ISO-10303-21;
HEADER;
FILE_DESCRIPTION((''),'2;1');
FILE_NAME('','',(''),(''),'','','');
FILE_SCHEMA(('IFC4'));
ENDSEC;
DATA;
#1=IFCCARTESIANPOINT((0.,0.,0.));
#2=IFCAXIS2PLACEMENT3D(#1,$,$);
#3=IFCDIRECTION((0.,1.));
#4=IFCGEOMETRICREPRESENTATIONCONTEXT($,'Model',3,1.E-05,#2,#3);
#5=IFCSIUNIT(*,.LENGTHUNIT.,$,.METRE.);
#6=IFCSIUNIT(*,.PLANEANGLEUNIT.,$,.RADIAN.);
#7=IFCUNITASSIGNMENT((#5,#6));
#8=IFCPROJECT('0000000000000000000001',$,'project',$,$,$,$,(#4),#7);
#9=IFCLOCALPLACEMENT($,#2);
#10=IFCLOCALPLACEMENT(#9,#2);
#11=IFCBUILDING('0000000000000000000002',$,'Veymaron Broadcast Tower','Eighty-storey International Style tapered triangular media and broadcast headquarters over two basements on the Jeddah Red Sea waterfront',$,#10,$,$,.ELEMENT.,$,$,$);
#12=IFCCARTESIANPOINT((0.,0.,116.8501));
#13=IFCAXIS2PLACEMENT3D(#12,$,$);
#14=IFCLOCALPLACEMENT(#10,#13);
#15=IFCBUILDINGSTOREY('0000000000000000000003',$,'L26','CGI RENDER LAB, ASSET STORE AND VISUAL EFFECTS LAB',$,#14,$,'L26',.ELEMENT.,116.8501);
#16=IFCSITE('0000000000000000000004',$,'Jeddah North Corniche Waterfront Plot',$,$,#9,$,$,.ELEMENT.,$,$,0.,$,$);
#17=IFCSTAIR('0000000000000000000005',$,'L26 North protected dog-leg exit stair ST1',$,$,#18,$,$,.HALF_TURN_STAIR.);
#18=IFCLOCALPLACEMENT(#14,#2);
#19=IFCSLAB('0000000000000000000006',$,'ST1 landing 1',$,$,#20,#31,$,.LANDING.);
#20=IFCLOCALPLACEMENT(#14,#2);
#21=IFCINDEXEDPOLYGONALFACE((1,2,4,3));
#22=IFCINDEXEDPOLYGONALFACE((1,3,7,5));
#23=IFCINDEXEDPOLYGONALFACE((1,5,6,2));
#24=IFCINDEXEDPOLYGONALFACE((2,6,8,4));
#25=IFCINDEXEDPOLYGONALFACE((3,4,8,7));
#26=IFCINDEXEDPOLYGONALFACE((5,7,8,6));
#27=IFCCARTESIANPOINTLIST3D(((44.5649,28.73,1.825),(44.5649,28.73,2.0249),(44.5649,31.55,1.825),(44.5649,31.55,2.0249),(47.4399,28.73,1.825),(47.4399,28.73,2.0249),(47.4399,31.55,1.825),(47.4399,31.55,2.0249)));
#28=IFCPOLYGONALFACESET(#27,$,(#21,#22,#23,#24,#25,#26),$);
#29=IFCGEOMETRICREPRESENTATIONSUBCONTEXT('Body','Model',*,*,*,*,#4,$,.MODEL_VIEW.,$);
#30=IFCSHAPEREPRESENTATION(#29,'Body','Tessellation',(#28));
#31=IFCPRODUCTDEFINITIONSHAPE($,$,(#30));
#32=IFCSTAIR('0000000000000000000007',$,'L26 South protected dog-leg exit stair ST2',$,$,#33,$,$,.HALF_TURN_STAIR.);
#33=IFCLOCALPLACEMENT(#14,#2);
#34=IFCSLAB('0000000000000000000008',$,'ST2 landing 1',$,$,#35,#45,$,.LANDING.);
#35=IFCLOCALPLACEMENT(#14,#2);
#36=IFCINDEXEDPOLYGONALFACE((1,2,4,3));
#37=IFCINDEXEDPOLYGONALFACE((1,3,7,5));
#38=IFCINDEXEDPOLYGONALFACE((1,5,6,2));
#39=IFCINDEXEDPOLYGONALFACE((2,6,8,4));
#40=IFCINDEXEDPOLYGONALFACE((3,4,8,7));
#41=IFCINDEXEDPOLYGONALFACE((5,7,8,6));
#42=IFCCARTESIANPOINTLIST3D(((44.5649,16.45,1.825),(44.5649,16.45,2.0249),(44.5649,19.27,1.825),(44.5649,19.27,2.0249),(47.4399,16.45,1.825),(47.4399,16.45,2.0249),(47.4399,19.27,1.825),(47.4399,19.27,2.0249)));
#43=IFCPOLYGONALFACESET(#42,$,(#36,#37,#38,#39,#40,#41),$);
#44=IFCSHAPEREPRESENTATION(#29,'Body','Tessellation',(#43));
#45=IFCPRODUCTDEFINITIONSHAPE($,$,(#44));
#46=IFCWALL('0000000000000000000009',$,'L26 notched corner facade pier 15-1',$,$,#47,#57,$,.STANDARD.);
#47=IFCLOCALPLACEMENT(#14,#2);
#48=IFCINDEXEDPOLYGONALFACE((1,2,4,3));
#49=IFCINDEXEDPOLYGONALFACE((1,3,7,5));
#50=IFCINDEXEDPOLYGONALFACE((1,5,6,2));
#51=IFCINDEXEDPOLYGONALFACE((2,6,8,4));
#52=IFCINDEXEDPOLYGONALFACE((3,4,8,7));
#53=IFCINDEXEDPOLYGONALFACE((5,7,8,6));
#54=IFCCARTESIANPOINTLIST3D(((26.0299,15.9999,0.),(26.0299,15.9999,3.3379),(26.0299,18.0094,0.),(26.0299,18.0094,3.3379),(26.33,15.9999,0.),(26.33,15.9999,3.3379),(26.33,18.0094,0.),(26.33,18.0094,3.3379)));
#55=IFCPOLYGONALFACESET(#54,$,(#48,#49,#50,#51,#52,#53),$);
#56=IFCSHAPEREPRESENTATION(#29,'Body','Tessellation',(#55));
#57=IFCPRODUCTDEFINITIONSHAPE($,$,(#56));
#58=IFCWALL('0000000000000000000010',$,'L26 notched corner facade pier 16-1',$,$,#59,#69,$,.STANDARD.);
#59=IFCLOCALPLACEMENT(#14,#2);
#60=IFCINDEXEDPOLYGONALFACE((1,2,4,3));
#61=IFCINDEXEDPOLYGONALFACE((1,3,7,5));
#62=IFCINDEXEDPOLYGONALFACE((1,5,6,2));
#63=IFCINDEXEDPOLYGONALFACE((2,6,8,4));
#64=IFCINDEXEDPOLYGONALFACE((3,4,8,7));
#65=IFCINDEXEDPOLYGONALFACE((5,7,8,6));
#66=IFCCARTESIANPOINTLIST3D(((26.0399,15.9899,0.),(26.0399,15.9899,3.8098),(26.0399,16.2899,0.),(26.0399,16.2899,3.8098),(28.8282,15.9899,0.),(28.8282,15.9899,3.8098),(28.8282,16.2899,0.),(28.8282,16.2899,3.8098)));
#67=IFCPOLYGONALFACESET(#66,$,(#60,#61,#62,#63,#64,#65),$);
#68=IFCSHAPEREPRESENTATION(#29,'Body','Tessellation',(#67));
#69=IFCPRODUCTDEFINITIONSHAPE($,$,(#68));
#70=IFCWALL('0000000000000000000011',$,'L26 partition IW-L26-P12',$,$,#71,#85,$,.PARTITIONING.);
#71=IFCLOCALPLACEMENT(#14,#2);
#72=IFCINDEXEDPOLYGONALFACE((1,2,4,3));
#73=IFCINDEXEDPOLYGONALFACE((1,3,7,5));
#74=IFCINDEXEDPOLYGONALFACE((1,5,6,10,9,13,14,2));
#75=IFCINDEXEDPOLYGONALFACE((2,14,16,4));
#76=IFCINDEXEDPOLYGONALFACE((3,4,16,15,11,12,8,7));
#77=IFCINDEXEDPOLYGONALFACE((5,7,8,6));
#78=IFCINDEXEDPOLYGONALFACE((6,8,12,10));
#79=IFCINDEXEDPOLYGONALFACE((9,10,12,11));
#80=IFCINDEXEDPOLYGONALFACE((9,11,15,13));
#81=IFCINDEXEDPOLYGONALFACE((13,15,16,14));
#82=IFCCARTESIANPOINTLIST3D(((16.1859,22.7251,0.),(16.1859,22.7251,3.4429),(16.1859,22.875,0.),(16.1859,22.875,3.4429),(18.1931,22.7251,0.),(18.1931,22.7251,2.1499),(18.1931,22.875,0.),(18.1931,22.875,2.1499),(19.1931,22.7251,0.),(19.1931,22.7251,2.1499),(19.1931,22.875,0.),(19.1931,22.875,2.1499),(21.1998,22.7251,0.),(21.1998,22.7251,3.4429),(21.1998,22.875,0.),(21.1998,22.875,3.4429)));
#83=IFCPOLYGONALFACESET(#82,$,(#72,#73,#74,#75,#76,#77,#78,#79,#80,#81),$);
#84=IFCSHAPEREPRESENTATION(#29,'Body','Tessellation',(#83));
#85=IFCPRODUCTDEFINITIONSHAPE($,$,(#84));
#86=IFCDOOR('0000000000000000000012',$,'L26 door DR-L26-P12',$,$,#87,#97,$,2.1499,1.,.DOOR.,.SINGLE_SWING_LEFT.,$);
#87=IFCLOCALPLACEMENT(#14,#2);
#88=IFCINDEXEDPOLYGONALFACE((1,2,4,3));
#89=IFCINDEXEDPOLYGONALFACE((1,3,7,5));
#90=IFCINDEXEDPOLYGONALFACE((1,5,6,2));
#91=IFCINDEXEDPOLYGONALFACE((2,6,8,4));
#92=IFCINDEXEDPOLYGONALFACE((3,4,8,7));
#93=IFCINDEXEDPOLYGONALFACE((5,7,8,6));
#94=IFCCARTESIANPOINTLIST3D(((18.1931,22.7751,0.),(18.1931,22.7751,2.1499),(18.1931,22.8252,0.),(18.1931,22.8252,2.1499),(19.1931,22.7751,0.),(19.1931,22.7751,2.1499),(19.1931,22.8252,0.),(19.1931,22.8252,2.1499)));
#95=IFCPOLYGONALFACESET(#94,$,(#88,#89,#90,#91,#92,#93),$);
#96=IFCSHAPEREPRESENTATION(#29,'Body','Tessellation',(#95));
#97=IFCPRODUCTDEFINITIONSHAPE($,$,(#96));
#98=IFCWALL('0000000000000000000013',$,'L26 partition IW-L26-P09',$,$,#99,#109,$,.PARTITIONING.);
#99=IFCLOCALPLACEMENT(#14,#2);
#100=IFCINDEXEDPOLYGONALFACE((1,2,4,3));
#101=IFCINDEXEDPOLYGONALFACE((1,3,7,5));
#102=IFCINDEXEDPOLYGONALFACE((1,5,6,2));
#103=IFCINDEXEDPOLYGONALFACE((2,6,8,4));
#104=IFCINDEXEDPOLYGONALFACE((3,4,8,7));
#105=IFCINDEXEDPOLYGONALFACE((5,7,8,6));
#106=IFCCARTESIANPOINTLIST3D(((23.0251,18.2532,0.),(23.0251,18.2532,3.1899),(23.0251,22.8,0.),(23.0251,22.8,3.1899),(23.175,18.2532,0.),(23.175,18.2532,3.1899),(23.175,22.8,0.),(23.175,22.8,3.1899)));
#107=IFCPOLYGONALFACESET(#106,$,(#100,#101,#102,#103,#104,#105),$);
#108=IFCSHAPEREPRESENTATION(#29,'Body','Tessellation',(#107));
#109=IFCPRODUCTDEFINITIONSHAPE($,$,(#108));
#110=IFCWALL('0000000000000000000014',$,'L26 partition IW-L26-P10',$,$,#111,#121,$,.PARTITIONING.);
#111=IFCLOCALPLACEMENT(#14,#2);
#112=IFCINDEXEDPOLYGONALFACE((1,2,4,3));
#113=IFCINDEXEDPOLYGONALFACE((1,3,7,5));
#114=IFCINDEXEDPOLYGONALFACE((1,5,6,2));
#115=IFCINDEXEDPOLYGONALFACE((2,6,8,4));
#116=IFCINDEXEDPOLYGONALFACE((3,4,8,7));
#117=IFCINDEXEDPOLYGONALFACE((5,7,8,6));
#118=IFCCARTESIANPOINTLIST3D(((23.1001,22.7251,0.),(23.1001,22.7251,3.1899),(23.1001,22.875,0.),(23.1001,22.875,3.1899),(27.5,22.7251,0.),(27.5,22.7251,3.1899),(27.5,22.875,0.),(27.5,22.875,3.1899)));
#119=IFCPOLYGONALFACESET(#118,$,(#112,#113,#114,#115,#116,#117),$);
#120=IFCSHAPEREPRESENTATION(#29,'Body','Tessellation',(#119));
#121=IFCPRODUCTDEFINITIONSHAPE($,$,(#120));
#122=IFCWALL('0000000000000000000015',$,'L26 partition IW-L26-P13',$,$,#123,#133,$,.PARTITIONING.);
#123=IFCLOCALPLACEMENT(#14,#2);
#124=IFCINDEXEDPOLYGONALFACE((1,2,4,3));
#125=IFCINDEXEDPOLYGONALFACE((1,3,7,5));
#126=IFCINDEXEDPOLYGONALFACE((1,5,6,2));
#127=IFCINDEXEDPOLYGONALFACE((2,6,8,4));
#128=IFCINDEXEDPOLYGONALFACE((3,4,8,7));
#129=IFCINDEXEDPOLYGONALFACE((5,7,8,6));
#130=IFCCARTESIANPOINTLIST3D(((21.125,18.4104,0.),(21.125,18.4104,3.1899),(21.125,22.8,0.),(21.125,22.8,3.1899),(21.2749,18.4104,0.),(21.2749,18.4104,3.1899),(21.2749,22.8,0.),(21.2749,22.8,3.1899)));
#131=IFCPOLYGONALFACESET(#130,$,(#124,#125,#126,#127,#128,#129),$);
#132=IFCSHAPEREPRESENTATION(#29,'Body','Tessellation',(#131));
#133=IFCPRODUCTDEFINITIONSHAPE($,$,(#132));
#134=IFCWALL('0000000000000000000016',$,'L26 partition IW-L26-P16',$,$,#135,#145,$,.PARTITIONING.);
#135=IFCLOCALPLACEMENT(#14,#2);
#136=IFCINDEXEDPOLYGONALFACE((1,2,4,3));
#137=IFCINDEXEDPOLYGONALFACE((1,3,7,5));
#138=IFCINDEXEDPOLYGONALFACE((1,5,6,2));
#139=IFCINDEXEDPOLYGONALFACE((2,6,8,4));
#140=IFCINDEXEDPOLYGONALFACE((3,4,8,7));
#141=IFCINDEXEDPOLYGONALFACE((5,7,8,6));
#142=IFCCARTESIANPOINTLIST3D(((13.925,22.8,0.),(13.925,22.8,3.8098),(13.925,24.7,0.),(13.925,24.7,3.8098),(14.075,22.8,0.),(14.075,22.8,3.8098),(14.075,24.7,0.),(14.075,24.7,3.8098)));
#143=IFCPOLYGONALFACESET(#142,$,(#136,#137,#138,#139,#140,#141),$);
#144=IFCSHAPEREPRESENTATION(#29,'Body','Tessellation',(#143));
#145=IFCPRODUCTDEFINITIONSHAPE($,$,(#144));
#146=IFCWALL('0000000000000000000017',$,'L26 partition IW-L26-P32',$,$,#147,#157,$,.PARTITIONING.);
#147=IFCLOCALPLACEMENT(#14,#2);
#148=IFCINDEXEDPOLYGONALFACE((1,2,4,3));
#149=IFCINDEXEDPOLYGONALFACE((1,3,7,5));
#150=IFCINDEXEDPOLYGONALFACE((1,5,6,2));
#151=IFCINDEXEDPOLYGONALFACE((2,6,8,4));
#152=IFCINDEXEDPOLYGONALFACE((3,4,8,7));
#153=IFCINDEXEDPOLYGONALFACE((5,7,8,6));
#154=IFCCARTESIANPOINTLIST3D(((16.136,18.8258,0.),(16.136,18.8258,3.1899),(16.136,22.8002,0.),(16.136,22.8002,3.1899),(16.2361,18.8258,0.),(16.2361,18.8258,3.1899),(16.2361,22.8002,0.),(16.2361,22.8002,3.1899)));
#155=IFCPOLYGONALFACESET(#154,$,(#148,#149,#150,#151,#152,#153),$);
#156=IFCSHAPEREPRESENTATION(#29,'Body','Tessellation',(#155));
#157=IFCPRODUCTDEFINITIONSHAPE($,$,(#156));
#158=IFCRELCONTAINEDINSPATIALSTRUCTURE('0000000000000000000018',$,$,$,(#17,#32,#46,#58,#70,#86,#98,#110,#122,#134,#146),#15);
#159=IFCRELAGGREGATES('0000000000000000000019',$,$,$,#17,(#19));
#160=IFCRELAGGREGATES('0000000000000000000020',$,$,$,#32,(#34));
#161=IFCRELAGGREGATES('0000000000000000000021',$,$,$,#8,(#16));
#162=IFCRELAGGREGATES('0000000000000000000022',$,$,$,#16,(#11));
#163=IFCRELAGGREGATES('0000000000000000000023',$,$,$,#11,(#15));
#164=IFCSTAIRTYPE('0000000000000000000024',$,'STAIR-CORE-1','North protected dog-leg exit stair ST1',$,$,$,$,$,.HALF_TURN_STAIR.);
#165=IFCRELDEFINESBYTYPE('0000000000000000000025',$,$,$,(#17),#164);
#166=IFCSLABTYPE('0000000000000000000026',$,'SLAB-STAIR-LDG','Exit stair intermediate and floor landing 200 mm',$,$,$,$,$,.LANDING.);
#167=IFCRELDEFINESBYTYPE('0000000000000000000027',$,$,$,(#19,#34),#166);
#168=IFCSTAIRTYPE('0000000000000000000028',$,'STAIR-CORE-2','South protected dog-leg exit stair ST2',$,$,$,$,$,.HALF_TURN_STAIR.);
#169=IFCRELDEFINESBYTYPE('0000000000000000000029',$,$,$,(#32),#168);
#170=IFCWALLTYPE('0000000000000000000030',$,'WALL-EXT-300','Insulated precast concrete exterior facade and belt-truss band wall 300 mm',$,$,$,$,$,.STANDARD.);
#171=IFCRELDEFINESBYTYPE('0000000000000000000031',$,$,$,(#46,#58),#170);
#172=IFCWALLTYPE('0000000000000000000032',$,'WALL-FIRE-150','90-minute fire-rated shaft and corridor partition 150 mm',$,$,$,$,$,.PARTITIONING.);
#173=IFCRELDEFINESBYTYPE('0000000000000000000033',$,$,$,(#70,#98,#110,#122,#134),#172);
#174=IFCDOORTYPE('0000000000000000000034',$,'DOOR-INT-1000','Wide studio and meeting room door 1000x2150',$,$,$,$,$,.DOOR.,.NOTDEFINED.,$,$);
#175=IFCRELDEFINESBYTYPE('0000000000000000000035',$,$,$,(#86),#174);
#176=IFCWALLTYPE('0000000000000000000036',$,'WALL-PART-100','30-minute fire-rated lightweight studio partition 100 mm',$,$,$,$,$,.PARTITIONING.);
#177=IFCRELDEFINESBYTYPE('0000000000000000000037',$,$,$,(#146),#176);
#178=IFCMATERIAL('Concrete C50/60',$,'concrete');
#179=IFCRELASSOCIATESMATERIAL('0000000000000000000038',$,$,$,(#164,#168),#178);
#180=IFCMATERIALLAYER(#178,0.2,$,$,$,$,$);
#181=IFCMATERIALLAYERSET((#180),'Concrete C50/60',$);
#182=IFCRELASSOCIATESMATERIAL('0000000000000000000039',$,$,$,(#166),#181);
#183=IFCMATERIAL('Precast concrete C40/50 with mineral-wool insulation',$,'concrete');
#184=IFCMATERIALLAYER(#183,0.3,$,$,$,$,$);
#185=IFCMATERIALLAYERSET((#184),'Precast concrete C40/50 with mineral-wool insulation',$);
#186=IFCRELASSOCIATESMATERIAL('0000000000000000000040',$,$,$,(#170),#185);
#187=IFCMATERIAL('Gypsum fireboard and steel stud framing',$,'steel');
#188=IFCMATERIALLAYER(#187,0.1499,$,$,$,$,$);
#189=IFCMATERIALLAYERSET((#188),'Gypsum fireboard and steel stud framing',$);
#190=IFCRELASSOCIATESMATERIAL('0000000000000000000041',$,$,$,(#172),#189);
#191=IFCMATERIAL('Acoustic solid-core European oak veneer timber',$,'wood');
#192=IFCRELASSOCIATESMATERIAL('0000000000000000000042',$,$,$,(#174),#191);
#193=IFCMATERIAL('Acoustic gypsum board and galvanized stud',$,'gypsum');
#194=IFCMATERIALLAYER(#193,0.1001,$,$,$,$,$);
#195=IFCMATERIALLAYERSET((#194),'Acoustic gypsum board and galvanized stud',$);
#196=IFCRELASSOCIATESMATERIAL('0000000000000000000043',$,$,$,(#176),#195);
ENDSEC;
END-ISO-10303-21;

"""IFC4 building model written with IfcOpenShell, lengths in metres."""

from ifc_helpers import new_model, si_unit, direction, frame, frame_2d, origin, place, context, subcontext, project, spatial, polyline, rectangle, outline, extrude, material, layer, layer_set, type_object, element, fill, aggregate, save


model = new_model("IFC4")

# Units and contexts
model_context = context("Model", 3, precision=1e-05, world=origin(), true_north=direction((0.0, 1.0)))
body_context = subcontext(model_context, "Body", "Model", "MODEL_VIEW")
ifc_project = project(units=[si_unit("LENGTHUNIT", "METRE"), si_unit("PLANEANGLEUNIT", "RADIAN")], contexts=[model_context])

# Site, building, storey
site_placement = place(None, origin())
site = spatial("IfcSite", under=ifc_project, at=site_placement, Name="Jeddah North Corniche Waterfront Plot", CompositionType="ELEMENT", RefElevation=0.0)
building_placement = place(site_placement, origin())
building = spatial("IfcBuilding", under=site, at=building_placement, Name="Veymaron Broadcast Tower", Description="Eighty-storey International Style tapered triangular media and broadcast headquarters over two basements on the Jeddah Red Sea waterfront", CompositionType="ELEMENT")
storey_placement = place(building_placement, frame((0.0, 0.0, 116.8501)))
storey = spatial("IfcBuildingStorey", under=building, at=storey_placement, Name="L26", Description="CGI RENDER LAB, ASSET STORE AND VISUAL EFFECTS LAB", LongName="L26", CompositionType="ELEMENT", Elevation=116.8501)

# Stairs, slabs
ifc_material_1 = material(Name="Concrete C50/60", Category="concrete")
stair_type_1 = type_object("IfcStairType", Name="STAIR-CORE-1", Description="North protected dog-leg exit stair ST1", PredefinedType="HALF_TURN_STAIR", material=ifc_material_1)
stair_1_placement = place(storey_placement, origin())
stair_1 = element("IfcStair", 1, at=stair_1_placement, inside=storey, type_object=stair_type_1, Name="L26 North protected dog-leg exit stair ST1", PredefinedType="HALF_TURN_STAIR")
ifc_layer_1 = layer(ifc_material_1, 0.2)
ifc_layer_set_1 = layer_set([ifc_layer_1], Name="Concrete C50/60")
slab_type_1 = type_object("IfcSlabType", Name="SLAB-STAIR-LDG", Description="Exit stair intermediate and floor landing 200 mm", PredefinedType="LANDING", material=ifc_layer_set_1)
slab_1_placement = place(storey_placement, frame((0.0, 0.0, 1.825)))
slab_1 = element("IfcSlab", 2, at=slab_1_placement, type_object=slab_type_1, Name="ST1 landing 1", PredefinedType="LANDING", context=body_context, shape_type="SweptSolid", body=[
    extrude(outline(polyline([(44.5649, 28.73), (47.4399, 28.73), (47.4399, 31.55), (44.5649, 31.55), (44.5649, 28.73)])), origin(), (0.0, 0.0, 1.0), 0.2),
])
aggregate(stair_1, [slab_1])
stair_type_2 = type_object("IfcStairType", Name="STAIR-CORE-2", Description="South protected dog-leg exit stair ST2", PredefinedType="HALF_TURN_STAIR", material=ifc_material_1)
stair_2_placement = place(storey_placement, origin())
stair_2 = element("IfcStair", 3, at=stair_2_placement, inside=storey, type_object=stair_type_2, Name="L26 South protected dog-leg exit stair ST2", PredefinedType="HALF_TURN_STAIR")
slab_2_placement = place(storey_placement, frame((0.0, 0.0, 1.825)))
slab_2 = element("IfcSlab", 4, at=slab_2_placement, type_object=slab_type_1, Name="ST2 landing 1", PredefinedType="LANDING", context=body_context, shape_type="SweptSolid", body=[
    extrude(outline(polyline([(44.5649, 16.45), (47.4399, 16.45), (47.4399, 19.27), (44.5649, 19.27), (44.5649, 16.45)])), origin(), (0.0, 0.0, 1.0), 0.2),
])
aggregate(stair_2, [slab_2])

# Walls
ifc_material_2 = material(Name="Precast concrete C40/50 with mineral-wool insulation", Category="concrete")
ifc_layer_2 = layer(ifc_material_2, 0.3)
ifc_layer_set_2 = layer_set([ifc_layer_2], Name="Precast concrete C40/50 with mineral-wool insulation")
wall_type_1 = type_object("IfcWallType", Name="WALL-EXT-300", Description="Insulated precast concrete exterior facade and belt-truss band wall 300 mm", PredefinedType="STANDARD", material=ifc_layer_set_2)
wall_1_placement = place(storey_placement, frame((26.1799, 18.0095, 0.0), z_axis=(0.0, 0.0, 1.0), x_axis=(0.0, -1.0, 0.0)))
element("IfcWall", 5, at=wall_1_placement, inside=storey, type_object=wall_type_1, Name="L26 notched corner facade pier 15-1", PredefinedType="STANDARD", context=body_context, shape_type="SweptSolid", body=[
    extrude(rectangle(XDim=2.0095, YDim=0.3, at=frame_2d((1.0049, 0.0))), origin(), (0.0, 0.0, 1.0), 3.3379),
])
wall_2_placement = place(storey_placement, frame((26.04, 16.1399, 0.0), z_axis=(0.0, 0.0, 1.0), x_axis=(1.0, 0.0, 0.0)))
element("IfcWall", 6, at=wall_2_placement, inside=storey, type_object=wall_type_1, Name="L26 notched corner facade pier 16-1", PredefinedType="STANDARD", context=body_context, shape_type="SweptSolid", body=[
    extrude(rectangle(XDim=2.7883, YDim=0.3, at=frame_2d((1.394, 0.0))), origin(), (0.0, 0.0, 1.0), 3.8098),
])

# Wall, opening, door
ifc_material_3 = material(Name="Gypsum fireboard and steel stud framing", Category="steel")
ifc_layer_3 = layer(ifc_material_3, 0.1499)
ifc_layer_set_3 = layer_set([ifc_layer_3], Name="Gypsum fireboard and steel stud framing")
wall_type_2 = type_object("IfcWallType", Name="WALL-FIRE-150", Description="90-minute fire-rated shaft and corridor partition 150 mm", PredefinedType="PARTITIONING", material=ifc_layer_set_3)
wall_3_placement = place(storey_placement, frame((16.186, 22.8, 0.0), z_axis=(0.0, 0.0, 1.0), x_axis=(1.0, 0.0, 0.0)))
wall_3 = element("IfcWall", 7, at=wall_3_placement, inside=storey, type_object=wall_type_2, Name="L26 partition IW-L26-P12", PredefinedType="PARTITIONING", context=body_context, shape_type="SweptSolid", body=[
    extrude(rectangle(XDim=5.0139, YDim=0.1499, at=frame_2d((2.5068, 0.0))), origin(), (0.0, 0.0, 1.0), 3.4429),
])
opening_1_placement = place(wall_3_placement, frame((2.0071, 0.0, 0.0)))
opening_1 = element("IfcOpeningElement", 8, at=opening_1_placement, cuts=wall_3, PredefinedType="OPENING", context=body_context, shape_type="SweptSolid", body=[
    extrude(rectangle(XDim=1.0, YDim=2.1499, at=frame_2d((0.5, 1.075))), frame((0.0, 0.085, 0.0), z_axis=(0.0, -1.0, 0.0), x_axis=(1.0, 0.0, 0.0)), (0.0, 0.0, 1.0), 0.1699),
])
ifc_material_4 = material(Name="Acoustic solid-core European oak veneer timber", Category="wood")
door_type_1 = type_object("IfcDoorType", Name="DOOR-INT-1000", Description="Wide studio and meeting room door 1000x2150", OperationType="NOTDEFINED", PredefinedType="DOOR", material=ifc_material_4)
door_1_placement = place(opening_1_placement, frame((1.0, 0.0, 0.0), z_axis=(0.0, 0.0, 1.0), x_axis=(-1.0, 0.0, 0.0)))
door_1 = element("IfcDoor", 9, at=door_1_placement, inside=storey, type_object=door_type_1, Name="L26 door DR-L26-P12", OperationType="SINGLE_SWING_LEFT", OverallHeight=2.1499, OverallWidth=1.0, PredefinedType="DOOR", context=body_context, shape_type="SweptSolid", body=[
    extrude(rectangle(XDim=1.0, YDim=2.1499, at=frame_2d((0.5, 1.075))), frame((0.0, 0.0249, 0.0), z_axis=(0.0, -1.0, 0.0), x_axis=(1.0, 0.0, 0.0)), (0.0, 0.0, 1.0), 0.05),
])
fill(opening_1, door_1)

# Walls
wall_4_placement = place(storey_placement, frame((23.1001, 18.2532, 0.0), z_axis=(0.0, 0.0, 1.0), x_axis=(0.0, 1.0, 0.0)))
element("IfcWall", 10, at=wall_4_placement, inside=storey, type_object=wall_type_2, Name="L26 partition IW-L26-P09", PredefinedType="PARTITIONING", context=body_context, shape_type="SweptSolid", body=[
    extrude(rectangle(XDim=4.5469, YDim=0.1499, at=frame_2d((2.2734, 0.0))), origin(), (0.0, 0.0, 1.0), 3.1899),
])
wall_5_placement = place(storey_placement, frame((23.1001, 22.8, 0.0), z_axis=(0.0, 0.0, 1.0), x_axis=(1.0, 0.0, 0.0)))
element("IfcWall", 11, at=wall_5_placement, inside=storey, type_object=wall_type_2, Name="L26 partition IW-L26-P10", PredefinedType="PARTITIONING", context=body_context, shape_type="SweptSolid", body=[
    extrude(rectangle(XDim=4.3999, YDim=0.1499, at=frame_2d((2.2, 0.0))), origin(), (0.0, 0.0, 1.0), 3.1899),
])
wall_6_placement = place(storey_placement, frame((21.2, 18.4104, 0.0), z_axis=(0.0, 0.0, 1.0), x_axis=(0.0, 1.0, 0.0)))
element("IfcWall", 12, at=wall_6_placement, inside=storey, type_object=wall_type_2, Name="L26 partition IW-L26-P13", PredefinedType="PARTITIONING", context=body_context, shape_type="SweptSolid", body=[
    extrude(rectangle(XDim=4.3896, YDim=0.1499, at=frame_2d((2.1948, 0.0))), origin(), (0.0, 0.0, 1.0), 3.1899),
])
wall_7_placement = place(storey_placement, frame((14.0, 22.8, 0.0), z_axis=(0.0, 0.0, 1.0), x_axis=(0.0, 1.0, 0.0)))
element("IfcWall", 13, at=wall_7_placement, inside=storey, type_object=wall_type_2, Name="L26 partition IW-L26-P16", PredefinedType="PARTITIONING", context=body_context, shape_type="SweptSolid", body=[
    extrude(rectangle(XDim=1.8999, YDim=0.1499, at=frame_2d((0.95, 0.0))), origin(), (0.0, 0.0, 1.0), 3.8098),
])
ifc_material_5 = material(Name="Acoustic gypsum board and galvanized stud", Category="gypsum")
ifc_layer_4 = layer(ifc_material_5, 0.1001)
ifc_layer_set_4 = layer_set([ifc_layer_4], Name="Acoustic gypsum board and galvanized stud")
wall_type_3 = type_object("IfcWallType", Name="WALL-PART-100", Description="30-minute fire-rated lightweight studio partition 100 mm", PredefinedType="PARTITIONING", material=ifc_layer_set_4)
wall_8_placement = place(storey_placement, frame((16.186, 18.8257, 0.0), z_axis=(0.0, 0.0, 1.0), x_axis=(0.0, 1.0, 0.0)))
element("IfcWall", 14, at=wall_8_placement, inside=storey, type_object=wall_type_3, Name="L26 partition IW-L26-P32", PredefinedType="PARTITIONING", context=body_context, shape_type="SweptSolid", body=[
    extrude(rectangle(XDim=3.9744, YDim=0.1001, at=frame_2d((1.9873, 0.0))), origin(), (0.0, 0.0, 1.0), 3.1899),
])

save(model, "model.ifc")
